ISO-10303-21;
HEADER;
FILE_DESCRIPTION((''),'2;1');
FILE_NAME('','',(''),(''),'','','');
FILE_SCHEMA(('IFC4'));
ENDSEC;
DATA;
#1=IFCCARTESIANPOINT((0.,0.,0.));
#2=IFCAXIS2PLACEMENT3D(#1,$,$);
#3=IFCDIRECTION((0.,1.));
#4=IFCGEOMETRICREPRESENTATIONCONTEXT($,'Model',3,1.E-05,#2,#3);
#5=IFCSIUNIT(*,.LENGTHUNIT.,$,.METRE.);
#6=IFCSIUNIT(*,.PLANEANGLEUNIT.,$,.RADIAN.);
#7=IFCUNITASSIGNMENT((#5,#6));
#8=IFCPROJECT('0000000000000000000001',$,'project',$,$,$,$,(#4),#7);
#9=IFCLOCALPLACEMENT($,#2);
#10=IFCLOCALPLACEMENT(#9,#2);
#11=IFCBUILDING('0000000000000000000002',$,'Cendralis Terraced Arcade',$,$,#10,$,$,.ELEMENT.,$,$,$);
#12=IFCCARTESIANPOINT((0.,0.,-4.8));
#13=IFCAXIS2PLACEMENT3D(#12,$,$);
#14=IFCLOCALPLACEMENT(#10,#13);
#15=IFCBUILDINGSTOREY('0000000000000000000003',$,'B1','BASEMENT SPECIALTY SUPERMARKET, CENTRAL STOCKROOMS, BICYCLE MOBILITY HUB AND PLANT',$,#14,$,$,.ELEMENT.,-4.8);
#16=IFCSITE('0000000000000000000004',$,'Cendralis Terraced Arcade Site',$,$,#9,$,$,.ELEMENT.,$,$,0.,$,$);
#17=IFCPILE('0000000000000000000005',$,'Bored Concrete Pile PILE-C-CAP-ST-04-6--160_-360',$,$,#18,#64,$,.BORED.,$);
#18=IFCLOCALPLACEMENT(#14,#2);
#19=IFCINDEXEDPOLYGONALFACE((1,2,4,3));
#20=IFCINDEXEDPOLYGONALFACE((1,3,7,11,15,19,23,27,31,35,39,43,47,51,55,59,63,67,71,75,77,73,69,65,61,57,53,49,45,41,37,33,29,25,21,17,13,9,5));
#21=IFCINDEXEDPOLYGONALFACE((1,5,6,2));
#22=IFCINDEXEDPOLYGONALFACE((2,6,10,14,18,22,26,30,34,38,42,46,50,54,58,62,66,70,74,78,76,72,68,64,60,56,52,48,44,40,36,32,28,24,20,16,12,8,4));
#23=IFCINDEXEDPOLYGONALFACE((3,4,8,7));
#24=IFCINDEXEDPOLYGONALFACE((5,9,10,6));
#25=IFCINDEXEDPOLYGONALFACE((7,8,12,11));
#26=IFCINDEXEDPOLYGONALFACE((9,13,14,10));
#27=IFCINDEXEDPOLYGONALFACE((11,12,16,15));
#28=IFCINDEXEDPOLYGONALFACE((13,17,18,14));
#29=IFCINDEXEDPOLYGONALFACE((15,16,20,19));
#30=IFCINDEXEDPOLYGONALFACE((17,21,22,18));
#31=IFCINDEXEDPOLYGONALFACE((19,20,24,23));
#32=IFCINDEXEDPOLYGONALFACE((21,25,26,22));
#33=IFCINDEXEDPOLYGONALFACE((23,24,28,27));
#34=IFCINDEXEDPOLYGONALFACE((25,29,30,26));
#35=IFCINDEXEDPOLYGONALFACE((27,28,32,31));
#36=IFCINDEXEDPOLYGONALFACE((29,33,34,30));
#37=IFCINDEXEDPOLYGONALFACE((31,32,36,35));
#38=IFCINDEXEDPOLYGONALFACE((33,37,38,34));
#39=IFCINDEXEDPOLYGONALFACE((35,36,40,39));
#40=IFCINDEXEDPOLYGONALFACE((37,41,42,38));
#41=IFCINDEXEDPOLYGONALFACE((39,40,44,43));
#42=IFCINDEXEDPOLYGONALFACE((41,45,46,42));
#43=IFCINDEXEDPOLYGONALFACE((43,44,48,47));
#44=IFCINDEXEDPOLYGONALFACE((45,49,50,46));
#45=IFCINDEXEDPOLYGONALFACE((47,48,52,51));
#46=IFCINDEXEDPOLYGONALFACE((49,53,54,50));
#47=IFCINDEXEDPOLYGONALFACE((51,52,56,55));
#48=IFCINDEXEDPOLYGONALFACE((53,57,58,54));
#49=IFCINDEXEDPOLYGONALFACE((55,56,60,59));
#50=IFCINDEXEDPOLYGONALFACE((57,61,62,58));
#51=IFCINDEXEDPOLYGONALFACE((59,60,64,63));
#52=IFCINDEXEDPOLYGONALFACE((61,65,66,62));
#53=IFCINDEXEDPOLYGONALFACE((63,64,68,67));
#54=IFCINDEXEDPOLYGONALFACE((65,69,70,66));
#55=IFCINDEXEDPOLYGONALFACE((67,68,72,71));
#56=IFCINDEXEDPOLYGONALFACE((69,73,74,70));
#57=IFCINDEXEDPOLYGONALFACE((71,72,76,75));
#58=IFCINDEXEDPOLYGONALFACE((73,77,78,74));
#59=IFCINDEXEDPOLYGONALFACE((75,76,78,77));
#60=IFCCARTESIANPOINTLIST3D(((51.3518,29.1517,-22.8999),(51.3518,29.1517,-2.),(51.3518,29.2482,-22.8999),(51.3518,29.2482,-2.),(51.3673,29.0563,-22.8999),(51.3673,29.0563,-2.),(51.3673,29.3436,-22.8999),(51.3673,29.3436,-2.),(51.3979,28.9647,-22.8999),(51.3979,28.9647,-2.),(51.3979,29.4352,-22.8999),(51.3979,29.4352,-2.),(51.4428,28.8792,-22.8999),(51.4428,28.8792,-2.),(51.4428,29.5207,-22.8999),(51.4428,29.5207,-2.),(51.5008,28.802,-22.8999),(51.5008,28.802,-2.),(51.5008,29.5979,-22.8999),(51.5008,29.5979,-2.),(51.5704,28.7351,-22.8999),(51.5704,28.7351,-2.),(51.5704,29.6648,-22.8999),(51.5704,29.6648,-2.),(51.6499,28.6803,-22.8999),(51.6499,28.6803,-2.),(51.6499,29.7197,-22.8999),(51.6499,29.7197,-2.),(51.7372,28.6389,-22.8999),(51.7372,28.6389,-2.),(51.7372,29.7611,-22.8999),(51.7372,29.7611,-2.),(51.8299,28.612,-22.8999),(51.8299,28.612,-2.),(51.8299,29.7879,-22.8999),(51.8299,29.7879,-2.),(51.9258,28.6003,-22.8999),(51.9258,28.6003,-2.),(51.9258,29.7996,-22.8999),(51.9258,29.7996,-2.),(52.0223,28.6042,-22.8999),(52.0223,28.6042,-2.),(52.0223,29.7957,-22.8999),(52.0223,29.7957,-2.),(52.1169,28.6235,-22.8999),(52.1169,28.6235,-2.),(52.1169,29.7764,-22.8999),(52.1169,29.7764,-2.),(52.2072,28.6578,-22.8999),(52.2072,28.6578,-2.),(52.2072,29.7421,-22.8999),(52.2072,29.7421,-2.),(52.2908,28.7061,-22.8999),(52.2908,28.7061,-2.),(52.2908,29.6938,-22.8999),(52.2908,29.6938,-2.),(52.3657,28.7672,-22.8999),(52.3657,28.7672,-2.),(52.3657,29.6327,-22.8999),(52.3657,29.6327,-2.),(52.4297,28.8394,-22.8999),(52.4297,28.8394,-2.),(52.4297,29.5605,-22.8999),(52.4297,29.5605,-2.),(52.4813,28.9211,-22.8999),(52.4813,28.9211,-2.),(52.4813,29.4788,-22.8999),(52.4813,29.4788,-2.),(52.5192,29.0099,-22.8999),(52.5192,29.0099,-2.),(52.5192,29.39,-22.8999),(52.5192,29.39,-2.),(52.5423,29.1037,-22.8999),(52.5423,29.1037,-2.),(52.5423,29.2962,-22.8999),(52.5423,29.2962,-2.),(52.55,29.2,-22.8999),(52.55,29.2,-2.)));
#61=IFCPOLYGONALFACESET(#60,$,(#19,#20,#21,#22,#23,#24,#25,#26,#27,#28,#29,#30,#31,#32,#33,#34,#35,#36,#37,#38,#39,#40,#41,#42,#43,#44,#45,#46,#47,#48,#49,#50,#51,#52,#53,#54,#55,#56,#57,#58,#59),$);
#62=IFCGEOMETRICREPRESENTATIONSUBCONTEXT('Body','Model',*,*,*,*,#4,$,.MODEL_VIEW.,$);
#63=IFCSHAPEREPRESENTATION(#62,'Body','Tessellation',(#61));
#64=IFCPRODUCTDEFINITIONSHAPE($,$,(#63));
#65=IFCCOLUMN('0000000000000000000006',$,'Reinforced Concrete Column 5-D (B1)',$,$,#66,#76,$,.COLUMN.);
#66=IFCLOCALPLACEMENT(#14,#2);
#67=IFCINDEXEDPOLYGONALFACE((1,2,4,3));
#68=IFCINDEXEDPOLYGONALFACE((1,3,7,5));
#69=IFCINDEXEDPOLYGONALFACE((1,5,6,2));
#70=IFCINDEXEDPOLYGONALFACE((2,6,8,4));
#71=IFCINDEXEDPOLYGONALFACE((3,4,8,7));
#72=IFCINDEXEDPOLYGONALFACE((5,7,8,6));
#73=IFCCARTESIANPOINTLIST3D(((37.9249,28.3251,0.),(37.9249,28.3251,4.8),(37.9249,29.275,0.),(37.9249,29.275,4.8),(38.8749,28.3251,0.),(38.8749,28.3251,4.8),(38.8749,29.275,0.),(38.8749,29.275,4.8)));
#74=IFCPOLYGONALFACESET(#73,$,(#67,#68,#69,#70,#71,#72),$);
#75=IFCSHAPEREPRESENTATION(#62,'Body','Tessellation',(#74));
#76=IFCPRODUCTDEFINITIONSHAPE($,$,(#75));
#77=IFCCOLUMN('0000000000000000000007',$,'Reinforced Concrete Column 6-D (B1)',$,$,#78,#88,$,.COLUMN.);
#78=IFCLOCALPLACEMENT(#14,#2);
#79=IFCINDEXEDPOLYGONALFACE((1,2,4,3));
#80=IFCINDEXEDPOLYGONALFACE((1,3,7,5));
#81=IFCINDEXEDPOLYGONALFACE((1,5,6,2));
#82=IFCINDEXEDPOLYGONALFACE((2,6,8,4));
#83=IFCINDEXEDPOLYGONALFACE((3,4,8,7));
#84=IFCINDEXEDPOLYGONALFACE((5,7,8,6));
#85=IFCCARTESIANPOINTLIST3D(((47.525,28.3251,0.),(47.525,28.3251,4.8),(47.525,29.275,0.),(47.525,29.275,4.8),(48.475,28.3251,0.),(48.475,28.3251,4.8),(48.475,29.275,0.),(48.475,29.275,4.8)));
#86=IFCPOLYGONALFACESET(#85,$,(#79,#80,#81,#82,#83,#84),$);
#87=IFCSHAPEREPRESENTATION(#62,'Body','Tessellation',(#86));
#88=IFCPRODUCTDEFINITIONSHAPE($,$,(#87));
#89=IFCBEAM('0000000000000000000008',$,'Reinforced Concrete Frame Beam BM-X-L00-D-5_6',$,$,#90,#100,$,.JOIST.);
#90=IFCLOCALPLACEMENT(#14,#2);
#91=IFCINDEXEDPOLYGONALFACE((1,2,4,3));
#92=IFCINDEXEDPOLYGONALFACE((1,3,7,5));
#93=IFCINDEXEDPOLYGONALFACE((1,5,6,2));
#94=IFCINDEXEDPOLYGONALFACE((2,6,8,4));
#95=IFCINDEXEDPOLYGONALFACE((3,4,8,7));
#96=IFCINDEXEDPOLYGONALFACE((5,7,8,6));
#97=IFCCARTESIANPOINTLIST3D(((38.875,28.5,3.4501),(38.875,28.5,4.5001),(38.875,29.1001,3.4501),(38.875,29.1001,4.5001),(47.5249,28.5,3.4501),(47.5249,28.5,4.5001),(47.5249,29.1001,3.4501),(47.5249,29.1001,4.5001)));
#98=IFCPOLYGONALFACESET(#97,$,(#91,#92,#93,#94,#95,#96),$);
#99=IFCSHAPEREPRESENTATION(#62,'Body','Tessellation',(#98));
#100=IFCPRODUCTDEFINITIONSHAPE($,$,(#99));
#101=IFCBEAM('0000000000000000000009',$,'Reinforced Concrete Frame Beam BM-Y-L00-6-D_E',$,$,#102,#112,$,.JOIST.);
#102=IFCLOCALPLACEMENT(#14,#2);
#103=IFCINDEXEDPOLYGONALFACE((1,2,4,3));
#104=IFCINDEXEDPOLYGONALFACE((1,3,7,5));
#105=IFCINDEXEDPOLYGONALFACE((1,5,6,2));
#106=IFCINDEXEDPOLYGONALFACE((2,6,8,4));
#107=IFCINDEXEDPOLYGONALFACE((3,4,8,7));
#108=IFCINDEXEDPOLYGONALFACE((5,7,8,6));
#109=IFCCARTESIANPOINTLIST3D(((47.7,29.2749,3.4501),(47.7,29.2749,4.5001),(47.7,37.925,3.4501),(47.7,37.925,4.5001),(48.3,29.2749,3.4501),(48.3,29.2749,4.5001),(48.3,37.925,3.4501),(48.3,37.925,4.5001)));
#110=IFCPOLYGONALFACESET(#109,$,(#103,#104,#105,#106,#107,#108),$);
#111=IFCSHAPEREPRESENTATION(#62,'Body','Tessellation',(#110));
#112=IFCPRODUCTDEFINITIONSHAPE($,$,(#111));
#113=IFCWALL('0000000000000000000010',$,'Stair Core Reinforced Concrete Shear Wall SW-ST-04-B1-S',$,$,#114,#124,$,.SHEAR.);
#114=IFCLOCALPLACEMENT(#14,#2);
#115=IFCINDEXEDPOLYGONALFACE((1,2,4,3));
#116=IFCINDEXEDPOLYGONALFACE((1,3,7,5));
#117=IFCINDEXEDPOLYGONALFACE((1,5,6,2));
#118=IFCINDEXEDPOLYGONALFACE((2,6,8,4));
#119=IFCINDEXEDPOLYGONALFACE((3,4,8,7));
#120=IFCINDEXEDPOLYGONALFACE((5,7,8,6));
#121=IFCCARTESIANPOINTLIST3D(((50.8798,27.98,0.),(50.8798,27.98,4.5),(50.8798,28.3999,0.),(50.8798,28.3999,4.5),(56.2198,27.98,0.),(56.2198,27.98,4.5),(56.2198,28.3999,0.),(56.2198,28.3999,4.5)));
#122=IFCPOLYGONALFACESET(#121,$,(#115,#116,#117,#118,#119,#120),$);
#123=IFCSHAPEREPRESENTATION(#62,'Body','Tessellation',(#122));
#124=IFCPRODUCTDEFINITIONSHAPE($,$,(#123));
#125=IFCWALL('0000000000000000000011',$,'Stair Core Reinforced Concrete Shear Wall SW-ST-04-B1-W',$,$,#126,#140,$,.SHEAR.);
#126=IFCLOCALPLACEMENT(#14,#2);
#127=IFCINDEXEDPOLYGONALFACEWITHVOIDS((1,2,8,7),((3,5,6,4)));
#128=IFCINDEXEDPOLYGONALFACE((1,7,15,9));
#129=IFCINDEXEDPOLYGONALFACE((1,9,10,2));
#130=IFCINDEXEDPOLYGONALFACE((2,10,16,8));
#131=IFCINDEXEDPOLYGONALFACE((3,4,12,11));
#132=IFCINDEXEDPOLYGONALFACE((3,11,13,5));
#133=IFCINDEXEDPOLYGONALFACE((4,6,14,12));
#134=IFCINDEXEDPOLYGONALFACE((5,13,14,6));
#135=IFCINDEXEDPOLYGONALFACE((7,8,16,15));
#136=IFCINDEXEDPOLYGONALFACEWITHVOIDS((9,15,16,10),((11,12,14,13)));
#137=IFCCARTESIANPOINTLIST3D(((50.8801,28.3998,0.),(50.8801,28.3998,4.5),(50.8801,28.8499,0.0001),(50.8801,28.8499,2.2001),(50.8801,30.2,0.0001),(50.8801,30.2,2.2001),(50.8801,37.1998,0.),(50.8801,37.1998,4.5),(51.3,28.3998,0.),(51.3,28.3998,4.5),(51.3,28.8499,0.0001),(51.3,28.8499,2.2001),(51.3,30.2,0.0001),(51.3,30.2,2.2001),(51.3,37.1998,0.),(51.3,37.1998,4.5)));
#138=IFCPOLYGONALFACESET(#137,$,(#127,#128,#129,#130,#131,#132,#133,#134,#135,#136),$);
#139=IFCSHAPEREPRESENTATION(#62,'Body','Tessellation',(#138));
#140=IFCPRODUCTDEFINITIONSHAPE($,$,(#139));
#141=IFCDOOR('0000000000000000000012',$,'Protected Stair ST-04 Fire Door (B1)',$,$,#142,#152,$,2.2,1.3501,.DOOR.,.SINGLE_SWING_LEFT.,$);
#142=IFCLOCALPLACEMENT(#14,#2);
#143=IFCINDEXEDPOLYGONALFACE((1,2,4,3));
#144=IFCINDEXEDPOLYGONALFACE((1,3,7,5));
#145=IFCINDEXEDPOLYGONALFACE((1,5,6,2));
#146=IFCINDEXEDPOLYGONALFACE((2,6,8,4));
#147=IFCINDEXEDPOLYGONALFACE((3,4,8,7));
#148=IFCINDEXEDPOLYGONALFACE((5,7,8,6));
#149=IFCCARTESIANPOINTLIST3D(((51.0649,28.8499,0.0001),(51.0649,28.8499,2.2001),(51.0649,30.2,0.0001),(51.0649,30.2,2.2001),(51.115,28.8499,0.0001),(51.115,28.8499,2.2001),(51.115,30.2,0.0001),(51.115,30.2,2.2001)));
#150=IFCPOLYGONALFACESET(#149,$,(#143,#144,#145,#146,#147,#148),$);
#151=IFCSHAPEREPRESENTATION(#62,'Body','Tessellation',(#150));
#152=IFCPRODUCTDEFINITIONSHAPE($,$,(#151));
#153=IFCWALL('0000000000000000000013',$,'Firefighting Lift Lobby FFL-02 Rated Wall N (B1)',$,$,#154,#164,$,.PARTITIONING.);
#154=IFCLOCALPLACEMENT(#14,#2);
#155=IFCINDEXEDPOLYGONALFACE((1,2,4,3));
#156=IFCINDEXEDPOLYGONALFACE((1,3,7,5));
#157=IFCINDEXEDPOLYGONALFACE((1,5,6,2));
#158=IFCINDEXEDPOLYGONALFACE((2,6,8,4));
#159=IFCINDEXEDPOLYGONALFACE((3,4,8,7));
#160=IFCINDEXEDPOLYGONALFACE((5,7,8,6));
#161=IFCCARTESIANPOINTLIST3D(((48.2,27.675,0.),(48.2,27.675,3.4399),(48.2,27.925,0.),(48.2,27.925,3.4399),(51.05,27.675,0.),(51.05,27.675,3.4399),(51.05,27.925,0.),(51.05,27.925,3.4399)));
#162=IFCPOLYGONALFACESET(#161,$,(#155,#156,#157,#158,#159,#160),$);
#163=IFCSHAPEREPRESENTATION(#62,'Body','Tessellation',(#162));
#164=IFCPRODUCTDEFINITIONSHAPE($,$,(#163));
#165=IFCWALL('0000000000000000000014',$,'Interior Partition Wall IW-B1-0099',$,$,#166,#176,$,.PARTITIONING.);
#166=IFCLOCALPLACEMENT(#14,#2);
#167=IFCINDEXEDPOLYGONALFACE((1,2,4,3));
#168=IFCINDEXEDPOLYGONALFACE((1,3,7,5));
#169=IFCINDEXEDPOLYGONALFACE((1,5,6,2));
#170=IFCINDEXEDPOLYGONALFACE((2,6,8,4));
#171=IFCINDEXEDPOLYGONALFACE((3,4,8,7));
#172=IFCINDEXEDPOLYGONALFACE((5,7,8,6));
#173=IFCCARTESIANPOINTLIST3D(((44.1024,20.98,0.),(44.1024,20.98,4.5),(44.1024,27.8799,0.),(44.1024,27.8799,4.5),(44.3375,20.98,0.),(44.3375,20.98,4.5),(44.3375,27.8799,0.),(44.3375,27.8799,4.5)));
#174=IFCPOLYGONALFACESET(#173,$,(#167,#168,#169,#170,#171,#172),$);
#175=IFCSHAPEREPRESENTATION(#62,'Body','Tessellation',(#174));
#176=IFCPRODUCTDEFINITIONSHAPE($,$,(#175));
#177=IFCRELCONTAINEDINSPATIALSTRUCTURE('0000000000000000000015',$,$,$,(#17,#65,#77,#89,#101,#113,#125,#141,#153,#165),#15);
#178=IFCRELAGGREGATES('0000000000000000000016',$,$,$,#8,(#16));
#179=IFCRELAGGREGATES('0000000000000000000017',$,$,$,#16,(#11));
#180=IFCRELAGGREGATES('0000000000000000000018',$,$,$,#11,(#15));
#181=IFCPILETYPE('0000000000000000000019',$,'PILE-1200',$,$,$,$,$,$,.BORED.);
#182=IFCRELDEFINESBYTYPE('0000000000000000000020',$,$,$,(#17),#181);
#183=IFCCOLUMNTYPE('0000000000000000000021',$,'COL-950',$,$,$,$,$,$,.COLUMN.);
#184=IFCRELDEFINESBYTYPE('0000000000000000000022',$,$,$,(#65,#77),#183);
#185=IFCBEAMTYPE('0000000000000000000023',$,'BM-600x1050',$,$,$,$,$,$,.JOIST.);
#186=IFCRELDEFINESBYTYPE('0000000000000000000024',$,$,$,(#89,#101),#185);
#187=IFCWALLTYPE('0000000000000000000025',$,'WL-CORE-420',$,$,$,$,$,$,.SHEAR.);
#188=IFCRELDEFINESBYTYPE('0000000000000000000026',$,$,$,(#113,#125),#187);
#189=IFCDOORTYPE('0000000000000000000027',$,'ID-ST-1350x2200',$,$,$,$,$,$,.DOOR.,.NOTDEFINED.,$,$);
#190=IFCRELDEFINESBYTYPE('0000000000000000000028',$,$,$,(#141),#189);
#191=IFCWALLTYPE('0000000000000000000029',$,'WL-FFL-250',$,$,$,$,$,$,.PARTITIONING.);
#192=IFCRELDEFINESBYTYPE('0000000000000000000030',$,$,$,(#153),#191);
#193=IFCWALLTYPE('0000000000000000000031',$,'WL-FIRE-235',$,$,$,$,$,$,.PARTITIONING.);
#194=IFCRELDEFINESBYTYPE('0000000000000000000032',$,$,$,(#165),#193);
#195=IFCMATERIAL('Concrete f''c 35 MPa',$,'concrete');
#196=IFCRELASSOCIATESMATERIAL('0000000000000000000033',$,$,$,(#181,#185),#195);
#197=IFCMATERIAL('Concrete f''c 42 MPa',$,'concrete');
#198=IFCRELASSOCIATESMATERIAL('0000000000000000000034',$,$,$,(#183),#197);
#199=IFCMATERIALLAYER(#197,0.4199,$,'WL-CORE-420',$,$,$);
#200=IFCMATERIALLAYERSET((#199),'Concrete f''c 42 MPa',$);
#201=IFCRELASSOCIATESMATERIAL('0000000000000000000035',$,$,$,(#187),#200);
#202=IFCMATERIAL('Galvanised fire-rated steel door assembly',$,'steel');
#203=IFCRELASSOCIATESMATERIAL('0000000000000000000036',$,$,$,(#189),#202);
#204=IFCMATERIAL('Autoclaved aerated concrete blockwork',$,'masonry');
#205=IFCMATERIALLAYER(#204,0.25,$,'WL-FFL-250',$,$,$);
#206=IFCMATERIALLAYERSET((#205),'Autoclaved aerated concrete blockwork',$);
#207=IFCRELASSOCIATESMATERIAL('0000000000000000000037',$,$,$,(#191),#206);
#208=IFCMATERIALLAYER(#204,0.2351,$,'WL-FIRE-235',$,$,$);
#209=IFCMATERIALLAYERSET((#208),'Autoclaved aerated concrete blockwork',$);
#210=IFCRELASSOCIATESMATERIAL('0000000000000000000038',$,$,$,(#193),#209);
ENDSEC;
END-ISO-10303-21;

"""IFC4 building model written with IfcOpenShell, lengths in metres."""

from ifc_helpers import new_model, si_unit, direction, frame, frame_2d, origin, origin_2d, place, context, subcontext, project, spatial, rectangle, circle, extrude, material, layer, layer_set, material_profile, profile_set, type_object, element, fill, save


model = new_model("IFC4")

# Units and contexts
model_context = context("Model", 3, precision=1e-05, world=origin(), true_north=direction((0.0, 1.0)))
body_context = subcontext(model_context, "Body", "Model", "MODEL_VIEW")
ifc_project = project(units=[si_unit("LENGTHUNIT", "METRE"), si_unit("PLANEANGLEUNIT", "RADIAN")], contexts=[model_context])

# Site, building, storey
site_placement = place(None, origin())
site = spatial("IfcSite", under=ifc_project, at=site_placement, Name="Cendralis Terraced Arcade Site", CompositionType="ELEMENT", RefElevation=0.0)
building_placement = place(site_placement, origin())
building = spatial("IfcBuilding", under=site, at=building_placement, Name="Cendralis Terraced Arcade", CompositionType="ELEMENT")
storey_placement = place(building_placement, frame((0.0, 0.0, -4.8)))
storey = spatial("IfcBuildingStorey", under=building, at=storey_placement, Name="B1", Description="BASEMENT SPECIALTY SUPERMARKET, CENTRAL STOCKROOMS, BICYCLE MOBILITY HUB AND PLANT", CompositionType="ELEMENT", Elevation=-4.8)

# Shared definitions
ifc_material_1 = material(Name="Concrete f'c 35 MPa", Category="concrete")

# Pile
ifc_material_profile_1 = material_profile(ifc_material_1, circle(Radius=0.6001, at=origin_2d()), Name="PILE-D1200", Category="LoadBearing")
ifc_profile_set_1 = profile_set([ifc_material_profile_1], Name="Concrete f'c 35 MPa")
pile_type_1 = type_object("IfcPileType", Name="PILE-1200", PredefinedType="BORED", material=ifc_profile_set_1)
pile_placement = place(storey_placement, frame((51.95, 29.2, -2.0), z_axis=(0.0, 0.0, -1.0), x_axis=(1.0, 0.0, 0.0)))
element("IfcPile", 1, at=pile_placement, inside=storey, type_object=pile_type_1, Name="Bored Concrete Pile PILE-C-CAP-ST-04-6--160_-360", PredefinedType="BORED", context=body_context, shape_type="SweptSolid", body=[
    extrude(circle(Radius=0.6001, at=origin_2d()), origin(), (0.0, 0.0, 1.0), 20.8999),
])

# Columns
ifc_material_2 = material(Name="Concrete f'c 42 MPa", Category="concrete")
ifc_material_profile_2 = material_profile(ifc_material_2, rectangle(XDim=0.95, YDim=0.95, at=origin_2d()), Name="RC-COL-950x950", Category="LoadBearing")
ifc_profile_set_2 = profile_set([ifc_material_profile_2], Name="Concrete f'c 42 MPa")
column_type = type_object("IfcColumnType", Name="COL-950", PredefinedType="COLUMN", material=ifc_profile_set_2)
for number, where, z_axis, x_axis, name in (
    (2, (38.3999, 28.8, 0.0), (0.0, 0.0, 1.0), (1.0, 0.0, 0.0), "Reinforced Concrete Column 5-D (B1)"),
    (3, (48.0, 28.8, 0.0), (0.0, 0.0, 1.0), (1.0, 0.0, 0.0), "Reinforced Concrete Column 6-D (B1)"),
):
    element("IfcColumn", number, at=place(storey_placement, frame(where, z_axis=z_axis, x_axis=x_axis)), inside=storey, type_object=column_type, Name=name, PredefinedType="COLUMN", context=body_context, shape_type="SweptSolid", body=[
        extrude(rectangle(XDim=0.95, YDim=0.95, at=origin_2d()), origin(), (0.0, 0.0, 1.0), 4.8),
    ])

# Beams
ifc_material_profile_3 = material_profile(ifc_material_1, rectangle(XDim=0.6001, YDim=1.05, at=origin_2d()), Name="RC-BM-600x1050", Category="LoadBearing")
ifc_profile_set_3 = profile_set([ifc_material_profile_3], Name="Concrete f'c 35 MPa")
beam_type = type_object("IfcBeamType", Name="BM-600x1050", PredefinedType="JOIST", material=ifc_profile_set_3)
beam_1_placement = place(storey_placement, frame((38.875, 28.8, 3.9751), z_axis=(1.0, 0.0, 0.0), x_axis=(0.0, 1.0, 0.0)))
element("IfcBeam", 4, at=beam_1_placement, inside=storey, type_object=beam_type, Name="Reinforced Concrete Frame Beam BM-X-L00-D-5_6", PredefinedType="JOIST", context=body_context, shape_type="SweptSolid", body=[
    extrude(rectangle(XDim=0.6001, YDim=1.05, at=origin_2d()), origin(), (0.0, 0.0, 1.0), 8.6499),
])
beam_2_placement = place(storey_placement, frame((48.0, 29.2749, 3.9751), z_axis=(0.0, 1.0, 0.0), x_axis=(-1.0, 0.0, 0.0)))
element("IfcBeam", 5, at=beam_2_placement, inside=storey, type_object=beam_type, Name="Reinforced Concrete Frame Beam BM-Y-L00-6-D_E", PredefinedType="JOIST", context=body_context, shape_type="SweptSolid", body=[
    extrude(rectangle(XDim=0.6001, YDim=1.05, at=origin_2d()), origin(), (0.0, 0.0, 1.0), 8.6501),
])

# Wall
ifc_layer_1 = layer(ifc_material_2, 0.4199, Name="WL-CORE-420")
ifc_layer_set_1 = layer_set([ifc_layer_1], Name="Concrete f'c 42 MPa")
wall_type_1 = type_object("IfcWallType", Name="WL-CORE-420", PredefinedType="SHEAR", material=ifc_layer_set_1)
wall_1_placement = place(storey_placement, frame((50.8799, 28.1899, 0.0), z_axis=(0.0, 0.0, 1.0), x_axis=(1.0, 0.0, 0.0)))
element("IfcWall", 6, at=wall_1_placement, inside=storey, type_object=wall_type_1, Name="Stair Core Reinforced Concrete Shear Wall SW-ST-04-B1-S", PredefinedType="SHEAR", context=body_context, shape_type="SweptSolid", body=[
    extrude(rectangle(XDim=5.3401, YDim=0.4199, at=frame_2d((2.6699, 0.0))), origin(), (0.0, 0.0, 1.0), 4.5),
])

# Wall, opening, door
wall_2_placement = place(storey_placement, frame((51.0901, 28.3999, 0.0), z_axis=(0.0, 0.0, 1.0), x_axis=(0.0, 1.0, 0.0)))
wall_2 = element("IfcWall", 7, at=wall_2_placement, inside=storey, type_object=wall_type_1, Name="Stair Core Reinforced Concrete Shear Wall SW-ST-04-B1-W", PredefinedType="SHEAR", context=body_context, shape_type="SweptSolid", body=[
    extrude(rectangle(XDim=8.8, YDim=0.4199, at=frame_2d((4.3999, 0.0))), origin(), (0.0, 0.0, 1.0), 4.5),
])
opening_placement = place(wall_2_placement, frame((0.45, 0.0, 0.0)))
opening = element("IfcOpeningElement", 8, at=opening_placement, cuts=wall_2, PredefinedType="OPENING", context=body_context, shape_type="SweptSolid", body=[
    extrude(rectangle(XDim=1.3501, YDim=2.2, at=frame_2d((0.675, 1.1001))), frame((0.0, 0.2219, 0.0), z_axis=(0.0, -1.0, 0.0), x_axis=(1.0, 0.0, 0.0)), (0.0, 0.0, 1.0), 0.4438),
])
ifc_material_3 = material(Name="Galvanised fire-rated steel door assembly", Category="steel")
door_type = type_object("IfcDoorType", Name="ID-ST-1350x2200", OperationType="NOTDEFINED", PredefinedType="DOOR", material=ifc_material_3)
door_placement = place(opening_placement, frame((1.3501, 0.0, 0.0), z_axis=(0.0, 0.0, 1.0), x_axis=(-1.0, 0.0, 0.0)))
door = element("IfcDoor", 9, at=door_placement, inside=storey, type_object=door_type, Name="Protected Stair ST-04 Fire Door (B1)", OperationType="SINGLE_SWING_LEFT", OverallHeight=2.2, OverallWidth=1.3501, PredefinedType="DOOR", context=body_context, shape_type="SweptSolid", body=[
    extrude(rectangle(XDim=1.3501, YDim=2.2, at=frame_2d((0.675, 1.1001))), frame((0.0, 0.0249, 0.0), z_axis=(0.0, -1.0, 0.0), x_axis=(1.0, 0.0, 0.0)), (0.0, 0.0, 1.0), 0.05),
])
fill(opening, door)

# Walls
ifc_material_4 = material(Name="Autoclaved aerated concrete blockwork", Category="masonry")
ifc_layer_2 = layer(ifc_material_4, 0.25, Name="WL-FFL-250")
ifc_layer_set_2 = layer_set([ifc_layer_2], Name="Autoclaved aerated concrete blockwork")
wall_type_2 = type_object("IfcWallType", Name="WL-FFL-250", PredefinedType="PARTITIONING", material=ifc_layer_set_2)
wall_3_placement = place(storey_placement, frame((48.2, 27.8, 0.0), z_axis=(0.0, 0.0, 1.0), x_axis=(1.0, 0.0, 0.0)))
element("IfcWall", 10, at=wall_3_placement, inside=storey, type_object=wall_type_2, Name="Firefighting Lift Lobby FFL-02 Rated Wall N (B1)", PredefinedType="PARTITIONING", context=body_context, shape_type="SweptSolid", body=[
    extrude(rectangle(XDim=2.8501, YDim=0.25, at=frame_2d((1.425, 0.0))), origin(), (0.0, 0.0, 1.0), 3.4399),
])
ifc_layer_3 = layer(ifc_material_4, 0.2351, Name="WL-FIRE-235")
ifc_layer_set_3 = layer_set([ifc_layer_3], Name="Autoclaved aerated concrete blockwork")
wall_type_3 = type_object("IfcWallType", Name="WL-FIRE-235", PredefinedType="PARTITIONING", material=ifc_layer_set_3)
wall_4_placement = place(storey_placement, frame((44.22, 27.8799, 0.0), z_axis=(0.0, 0.0, 1.0), x_axis=(0.0, -1.0, 0.0)))
element("IfcWall", 11, at=wall_4_placement, inside=storey, type_object=wall_type_3, Name="Interior Partition Wall IW-B1-0099", PredefinedType="PARTITIONING", context=body_context, shape_type="SweptSolid", body=[
    extrude(rectangle(XDim=6.8999, YDim=0.2351, at=frame_2d((3.45, 0.0))), origin(), (0.0, 0.0, 1.0), 4.5),
])

save(model, "model.ifc")
